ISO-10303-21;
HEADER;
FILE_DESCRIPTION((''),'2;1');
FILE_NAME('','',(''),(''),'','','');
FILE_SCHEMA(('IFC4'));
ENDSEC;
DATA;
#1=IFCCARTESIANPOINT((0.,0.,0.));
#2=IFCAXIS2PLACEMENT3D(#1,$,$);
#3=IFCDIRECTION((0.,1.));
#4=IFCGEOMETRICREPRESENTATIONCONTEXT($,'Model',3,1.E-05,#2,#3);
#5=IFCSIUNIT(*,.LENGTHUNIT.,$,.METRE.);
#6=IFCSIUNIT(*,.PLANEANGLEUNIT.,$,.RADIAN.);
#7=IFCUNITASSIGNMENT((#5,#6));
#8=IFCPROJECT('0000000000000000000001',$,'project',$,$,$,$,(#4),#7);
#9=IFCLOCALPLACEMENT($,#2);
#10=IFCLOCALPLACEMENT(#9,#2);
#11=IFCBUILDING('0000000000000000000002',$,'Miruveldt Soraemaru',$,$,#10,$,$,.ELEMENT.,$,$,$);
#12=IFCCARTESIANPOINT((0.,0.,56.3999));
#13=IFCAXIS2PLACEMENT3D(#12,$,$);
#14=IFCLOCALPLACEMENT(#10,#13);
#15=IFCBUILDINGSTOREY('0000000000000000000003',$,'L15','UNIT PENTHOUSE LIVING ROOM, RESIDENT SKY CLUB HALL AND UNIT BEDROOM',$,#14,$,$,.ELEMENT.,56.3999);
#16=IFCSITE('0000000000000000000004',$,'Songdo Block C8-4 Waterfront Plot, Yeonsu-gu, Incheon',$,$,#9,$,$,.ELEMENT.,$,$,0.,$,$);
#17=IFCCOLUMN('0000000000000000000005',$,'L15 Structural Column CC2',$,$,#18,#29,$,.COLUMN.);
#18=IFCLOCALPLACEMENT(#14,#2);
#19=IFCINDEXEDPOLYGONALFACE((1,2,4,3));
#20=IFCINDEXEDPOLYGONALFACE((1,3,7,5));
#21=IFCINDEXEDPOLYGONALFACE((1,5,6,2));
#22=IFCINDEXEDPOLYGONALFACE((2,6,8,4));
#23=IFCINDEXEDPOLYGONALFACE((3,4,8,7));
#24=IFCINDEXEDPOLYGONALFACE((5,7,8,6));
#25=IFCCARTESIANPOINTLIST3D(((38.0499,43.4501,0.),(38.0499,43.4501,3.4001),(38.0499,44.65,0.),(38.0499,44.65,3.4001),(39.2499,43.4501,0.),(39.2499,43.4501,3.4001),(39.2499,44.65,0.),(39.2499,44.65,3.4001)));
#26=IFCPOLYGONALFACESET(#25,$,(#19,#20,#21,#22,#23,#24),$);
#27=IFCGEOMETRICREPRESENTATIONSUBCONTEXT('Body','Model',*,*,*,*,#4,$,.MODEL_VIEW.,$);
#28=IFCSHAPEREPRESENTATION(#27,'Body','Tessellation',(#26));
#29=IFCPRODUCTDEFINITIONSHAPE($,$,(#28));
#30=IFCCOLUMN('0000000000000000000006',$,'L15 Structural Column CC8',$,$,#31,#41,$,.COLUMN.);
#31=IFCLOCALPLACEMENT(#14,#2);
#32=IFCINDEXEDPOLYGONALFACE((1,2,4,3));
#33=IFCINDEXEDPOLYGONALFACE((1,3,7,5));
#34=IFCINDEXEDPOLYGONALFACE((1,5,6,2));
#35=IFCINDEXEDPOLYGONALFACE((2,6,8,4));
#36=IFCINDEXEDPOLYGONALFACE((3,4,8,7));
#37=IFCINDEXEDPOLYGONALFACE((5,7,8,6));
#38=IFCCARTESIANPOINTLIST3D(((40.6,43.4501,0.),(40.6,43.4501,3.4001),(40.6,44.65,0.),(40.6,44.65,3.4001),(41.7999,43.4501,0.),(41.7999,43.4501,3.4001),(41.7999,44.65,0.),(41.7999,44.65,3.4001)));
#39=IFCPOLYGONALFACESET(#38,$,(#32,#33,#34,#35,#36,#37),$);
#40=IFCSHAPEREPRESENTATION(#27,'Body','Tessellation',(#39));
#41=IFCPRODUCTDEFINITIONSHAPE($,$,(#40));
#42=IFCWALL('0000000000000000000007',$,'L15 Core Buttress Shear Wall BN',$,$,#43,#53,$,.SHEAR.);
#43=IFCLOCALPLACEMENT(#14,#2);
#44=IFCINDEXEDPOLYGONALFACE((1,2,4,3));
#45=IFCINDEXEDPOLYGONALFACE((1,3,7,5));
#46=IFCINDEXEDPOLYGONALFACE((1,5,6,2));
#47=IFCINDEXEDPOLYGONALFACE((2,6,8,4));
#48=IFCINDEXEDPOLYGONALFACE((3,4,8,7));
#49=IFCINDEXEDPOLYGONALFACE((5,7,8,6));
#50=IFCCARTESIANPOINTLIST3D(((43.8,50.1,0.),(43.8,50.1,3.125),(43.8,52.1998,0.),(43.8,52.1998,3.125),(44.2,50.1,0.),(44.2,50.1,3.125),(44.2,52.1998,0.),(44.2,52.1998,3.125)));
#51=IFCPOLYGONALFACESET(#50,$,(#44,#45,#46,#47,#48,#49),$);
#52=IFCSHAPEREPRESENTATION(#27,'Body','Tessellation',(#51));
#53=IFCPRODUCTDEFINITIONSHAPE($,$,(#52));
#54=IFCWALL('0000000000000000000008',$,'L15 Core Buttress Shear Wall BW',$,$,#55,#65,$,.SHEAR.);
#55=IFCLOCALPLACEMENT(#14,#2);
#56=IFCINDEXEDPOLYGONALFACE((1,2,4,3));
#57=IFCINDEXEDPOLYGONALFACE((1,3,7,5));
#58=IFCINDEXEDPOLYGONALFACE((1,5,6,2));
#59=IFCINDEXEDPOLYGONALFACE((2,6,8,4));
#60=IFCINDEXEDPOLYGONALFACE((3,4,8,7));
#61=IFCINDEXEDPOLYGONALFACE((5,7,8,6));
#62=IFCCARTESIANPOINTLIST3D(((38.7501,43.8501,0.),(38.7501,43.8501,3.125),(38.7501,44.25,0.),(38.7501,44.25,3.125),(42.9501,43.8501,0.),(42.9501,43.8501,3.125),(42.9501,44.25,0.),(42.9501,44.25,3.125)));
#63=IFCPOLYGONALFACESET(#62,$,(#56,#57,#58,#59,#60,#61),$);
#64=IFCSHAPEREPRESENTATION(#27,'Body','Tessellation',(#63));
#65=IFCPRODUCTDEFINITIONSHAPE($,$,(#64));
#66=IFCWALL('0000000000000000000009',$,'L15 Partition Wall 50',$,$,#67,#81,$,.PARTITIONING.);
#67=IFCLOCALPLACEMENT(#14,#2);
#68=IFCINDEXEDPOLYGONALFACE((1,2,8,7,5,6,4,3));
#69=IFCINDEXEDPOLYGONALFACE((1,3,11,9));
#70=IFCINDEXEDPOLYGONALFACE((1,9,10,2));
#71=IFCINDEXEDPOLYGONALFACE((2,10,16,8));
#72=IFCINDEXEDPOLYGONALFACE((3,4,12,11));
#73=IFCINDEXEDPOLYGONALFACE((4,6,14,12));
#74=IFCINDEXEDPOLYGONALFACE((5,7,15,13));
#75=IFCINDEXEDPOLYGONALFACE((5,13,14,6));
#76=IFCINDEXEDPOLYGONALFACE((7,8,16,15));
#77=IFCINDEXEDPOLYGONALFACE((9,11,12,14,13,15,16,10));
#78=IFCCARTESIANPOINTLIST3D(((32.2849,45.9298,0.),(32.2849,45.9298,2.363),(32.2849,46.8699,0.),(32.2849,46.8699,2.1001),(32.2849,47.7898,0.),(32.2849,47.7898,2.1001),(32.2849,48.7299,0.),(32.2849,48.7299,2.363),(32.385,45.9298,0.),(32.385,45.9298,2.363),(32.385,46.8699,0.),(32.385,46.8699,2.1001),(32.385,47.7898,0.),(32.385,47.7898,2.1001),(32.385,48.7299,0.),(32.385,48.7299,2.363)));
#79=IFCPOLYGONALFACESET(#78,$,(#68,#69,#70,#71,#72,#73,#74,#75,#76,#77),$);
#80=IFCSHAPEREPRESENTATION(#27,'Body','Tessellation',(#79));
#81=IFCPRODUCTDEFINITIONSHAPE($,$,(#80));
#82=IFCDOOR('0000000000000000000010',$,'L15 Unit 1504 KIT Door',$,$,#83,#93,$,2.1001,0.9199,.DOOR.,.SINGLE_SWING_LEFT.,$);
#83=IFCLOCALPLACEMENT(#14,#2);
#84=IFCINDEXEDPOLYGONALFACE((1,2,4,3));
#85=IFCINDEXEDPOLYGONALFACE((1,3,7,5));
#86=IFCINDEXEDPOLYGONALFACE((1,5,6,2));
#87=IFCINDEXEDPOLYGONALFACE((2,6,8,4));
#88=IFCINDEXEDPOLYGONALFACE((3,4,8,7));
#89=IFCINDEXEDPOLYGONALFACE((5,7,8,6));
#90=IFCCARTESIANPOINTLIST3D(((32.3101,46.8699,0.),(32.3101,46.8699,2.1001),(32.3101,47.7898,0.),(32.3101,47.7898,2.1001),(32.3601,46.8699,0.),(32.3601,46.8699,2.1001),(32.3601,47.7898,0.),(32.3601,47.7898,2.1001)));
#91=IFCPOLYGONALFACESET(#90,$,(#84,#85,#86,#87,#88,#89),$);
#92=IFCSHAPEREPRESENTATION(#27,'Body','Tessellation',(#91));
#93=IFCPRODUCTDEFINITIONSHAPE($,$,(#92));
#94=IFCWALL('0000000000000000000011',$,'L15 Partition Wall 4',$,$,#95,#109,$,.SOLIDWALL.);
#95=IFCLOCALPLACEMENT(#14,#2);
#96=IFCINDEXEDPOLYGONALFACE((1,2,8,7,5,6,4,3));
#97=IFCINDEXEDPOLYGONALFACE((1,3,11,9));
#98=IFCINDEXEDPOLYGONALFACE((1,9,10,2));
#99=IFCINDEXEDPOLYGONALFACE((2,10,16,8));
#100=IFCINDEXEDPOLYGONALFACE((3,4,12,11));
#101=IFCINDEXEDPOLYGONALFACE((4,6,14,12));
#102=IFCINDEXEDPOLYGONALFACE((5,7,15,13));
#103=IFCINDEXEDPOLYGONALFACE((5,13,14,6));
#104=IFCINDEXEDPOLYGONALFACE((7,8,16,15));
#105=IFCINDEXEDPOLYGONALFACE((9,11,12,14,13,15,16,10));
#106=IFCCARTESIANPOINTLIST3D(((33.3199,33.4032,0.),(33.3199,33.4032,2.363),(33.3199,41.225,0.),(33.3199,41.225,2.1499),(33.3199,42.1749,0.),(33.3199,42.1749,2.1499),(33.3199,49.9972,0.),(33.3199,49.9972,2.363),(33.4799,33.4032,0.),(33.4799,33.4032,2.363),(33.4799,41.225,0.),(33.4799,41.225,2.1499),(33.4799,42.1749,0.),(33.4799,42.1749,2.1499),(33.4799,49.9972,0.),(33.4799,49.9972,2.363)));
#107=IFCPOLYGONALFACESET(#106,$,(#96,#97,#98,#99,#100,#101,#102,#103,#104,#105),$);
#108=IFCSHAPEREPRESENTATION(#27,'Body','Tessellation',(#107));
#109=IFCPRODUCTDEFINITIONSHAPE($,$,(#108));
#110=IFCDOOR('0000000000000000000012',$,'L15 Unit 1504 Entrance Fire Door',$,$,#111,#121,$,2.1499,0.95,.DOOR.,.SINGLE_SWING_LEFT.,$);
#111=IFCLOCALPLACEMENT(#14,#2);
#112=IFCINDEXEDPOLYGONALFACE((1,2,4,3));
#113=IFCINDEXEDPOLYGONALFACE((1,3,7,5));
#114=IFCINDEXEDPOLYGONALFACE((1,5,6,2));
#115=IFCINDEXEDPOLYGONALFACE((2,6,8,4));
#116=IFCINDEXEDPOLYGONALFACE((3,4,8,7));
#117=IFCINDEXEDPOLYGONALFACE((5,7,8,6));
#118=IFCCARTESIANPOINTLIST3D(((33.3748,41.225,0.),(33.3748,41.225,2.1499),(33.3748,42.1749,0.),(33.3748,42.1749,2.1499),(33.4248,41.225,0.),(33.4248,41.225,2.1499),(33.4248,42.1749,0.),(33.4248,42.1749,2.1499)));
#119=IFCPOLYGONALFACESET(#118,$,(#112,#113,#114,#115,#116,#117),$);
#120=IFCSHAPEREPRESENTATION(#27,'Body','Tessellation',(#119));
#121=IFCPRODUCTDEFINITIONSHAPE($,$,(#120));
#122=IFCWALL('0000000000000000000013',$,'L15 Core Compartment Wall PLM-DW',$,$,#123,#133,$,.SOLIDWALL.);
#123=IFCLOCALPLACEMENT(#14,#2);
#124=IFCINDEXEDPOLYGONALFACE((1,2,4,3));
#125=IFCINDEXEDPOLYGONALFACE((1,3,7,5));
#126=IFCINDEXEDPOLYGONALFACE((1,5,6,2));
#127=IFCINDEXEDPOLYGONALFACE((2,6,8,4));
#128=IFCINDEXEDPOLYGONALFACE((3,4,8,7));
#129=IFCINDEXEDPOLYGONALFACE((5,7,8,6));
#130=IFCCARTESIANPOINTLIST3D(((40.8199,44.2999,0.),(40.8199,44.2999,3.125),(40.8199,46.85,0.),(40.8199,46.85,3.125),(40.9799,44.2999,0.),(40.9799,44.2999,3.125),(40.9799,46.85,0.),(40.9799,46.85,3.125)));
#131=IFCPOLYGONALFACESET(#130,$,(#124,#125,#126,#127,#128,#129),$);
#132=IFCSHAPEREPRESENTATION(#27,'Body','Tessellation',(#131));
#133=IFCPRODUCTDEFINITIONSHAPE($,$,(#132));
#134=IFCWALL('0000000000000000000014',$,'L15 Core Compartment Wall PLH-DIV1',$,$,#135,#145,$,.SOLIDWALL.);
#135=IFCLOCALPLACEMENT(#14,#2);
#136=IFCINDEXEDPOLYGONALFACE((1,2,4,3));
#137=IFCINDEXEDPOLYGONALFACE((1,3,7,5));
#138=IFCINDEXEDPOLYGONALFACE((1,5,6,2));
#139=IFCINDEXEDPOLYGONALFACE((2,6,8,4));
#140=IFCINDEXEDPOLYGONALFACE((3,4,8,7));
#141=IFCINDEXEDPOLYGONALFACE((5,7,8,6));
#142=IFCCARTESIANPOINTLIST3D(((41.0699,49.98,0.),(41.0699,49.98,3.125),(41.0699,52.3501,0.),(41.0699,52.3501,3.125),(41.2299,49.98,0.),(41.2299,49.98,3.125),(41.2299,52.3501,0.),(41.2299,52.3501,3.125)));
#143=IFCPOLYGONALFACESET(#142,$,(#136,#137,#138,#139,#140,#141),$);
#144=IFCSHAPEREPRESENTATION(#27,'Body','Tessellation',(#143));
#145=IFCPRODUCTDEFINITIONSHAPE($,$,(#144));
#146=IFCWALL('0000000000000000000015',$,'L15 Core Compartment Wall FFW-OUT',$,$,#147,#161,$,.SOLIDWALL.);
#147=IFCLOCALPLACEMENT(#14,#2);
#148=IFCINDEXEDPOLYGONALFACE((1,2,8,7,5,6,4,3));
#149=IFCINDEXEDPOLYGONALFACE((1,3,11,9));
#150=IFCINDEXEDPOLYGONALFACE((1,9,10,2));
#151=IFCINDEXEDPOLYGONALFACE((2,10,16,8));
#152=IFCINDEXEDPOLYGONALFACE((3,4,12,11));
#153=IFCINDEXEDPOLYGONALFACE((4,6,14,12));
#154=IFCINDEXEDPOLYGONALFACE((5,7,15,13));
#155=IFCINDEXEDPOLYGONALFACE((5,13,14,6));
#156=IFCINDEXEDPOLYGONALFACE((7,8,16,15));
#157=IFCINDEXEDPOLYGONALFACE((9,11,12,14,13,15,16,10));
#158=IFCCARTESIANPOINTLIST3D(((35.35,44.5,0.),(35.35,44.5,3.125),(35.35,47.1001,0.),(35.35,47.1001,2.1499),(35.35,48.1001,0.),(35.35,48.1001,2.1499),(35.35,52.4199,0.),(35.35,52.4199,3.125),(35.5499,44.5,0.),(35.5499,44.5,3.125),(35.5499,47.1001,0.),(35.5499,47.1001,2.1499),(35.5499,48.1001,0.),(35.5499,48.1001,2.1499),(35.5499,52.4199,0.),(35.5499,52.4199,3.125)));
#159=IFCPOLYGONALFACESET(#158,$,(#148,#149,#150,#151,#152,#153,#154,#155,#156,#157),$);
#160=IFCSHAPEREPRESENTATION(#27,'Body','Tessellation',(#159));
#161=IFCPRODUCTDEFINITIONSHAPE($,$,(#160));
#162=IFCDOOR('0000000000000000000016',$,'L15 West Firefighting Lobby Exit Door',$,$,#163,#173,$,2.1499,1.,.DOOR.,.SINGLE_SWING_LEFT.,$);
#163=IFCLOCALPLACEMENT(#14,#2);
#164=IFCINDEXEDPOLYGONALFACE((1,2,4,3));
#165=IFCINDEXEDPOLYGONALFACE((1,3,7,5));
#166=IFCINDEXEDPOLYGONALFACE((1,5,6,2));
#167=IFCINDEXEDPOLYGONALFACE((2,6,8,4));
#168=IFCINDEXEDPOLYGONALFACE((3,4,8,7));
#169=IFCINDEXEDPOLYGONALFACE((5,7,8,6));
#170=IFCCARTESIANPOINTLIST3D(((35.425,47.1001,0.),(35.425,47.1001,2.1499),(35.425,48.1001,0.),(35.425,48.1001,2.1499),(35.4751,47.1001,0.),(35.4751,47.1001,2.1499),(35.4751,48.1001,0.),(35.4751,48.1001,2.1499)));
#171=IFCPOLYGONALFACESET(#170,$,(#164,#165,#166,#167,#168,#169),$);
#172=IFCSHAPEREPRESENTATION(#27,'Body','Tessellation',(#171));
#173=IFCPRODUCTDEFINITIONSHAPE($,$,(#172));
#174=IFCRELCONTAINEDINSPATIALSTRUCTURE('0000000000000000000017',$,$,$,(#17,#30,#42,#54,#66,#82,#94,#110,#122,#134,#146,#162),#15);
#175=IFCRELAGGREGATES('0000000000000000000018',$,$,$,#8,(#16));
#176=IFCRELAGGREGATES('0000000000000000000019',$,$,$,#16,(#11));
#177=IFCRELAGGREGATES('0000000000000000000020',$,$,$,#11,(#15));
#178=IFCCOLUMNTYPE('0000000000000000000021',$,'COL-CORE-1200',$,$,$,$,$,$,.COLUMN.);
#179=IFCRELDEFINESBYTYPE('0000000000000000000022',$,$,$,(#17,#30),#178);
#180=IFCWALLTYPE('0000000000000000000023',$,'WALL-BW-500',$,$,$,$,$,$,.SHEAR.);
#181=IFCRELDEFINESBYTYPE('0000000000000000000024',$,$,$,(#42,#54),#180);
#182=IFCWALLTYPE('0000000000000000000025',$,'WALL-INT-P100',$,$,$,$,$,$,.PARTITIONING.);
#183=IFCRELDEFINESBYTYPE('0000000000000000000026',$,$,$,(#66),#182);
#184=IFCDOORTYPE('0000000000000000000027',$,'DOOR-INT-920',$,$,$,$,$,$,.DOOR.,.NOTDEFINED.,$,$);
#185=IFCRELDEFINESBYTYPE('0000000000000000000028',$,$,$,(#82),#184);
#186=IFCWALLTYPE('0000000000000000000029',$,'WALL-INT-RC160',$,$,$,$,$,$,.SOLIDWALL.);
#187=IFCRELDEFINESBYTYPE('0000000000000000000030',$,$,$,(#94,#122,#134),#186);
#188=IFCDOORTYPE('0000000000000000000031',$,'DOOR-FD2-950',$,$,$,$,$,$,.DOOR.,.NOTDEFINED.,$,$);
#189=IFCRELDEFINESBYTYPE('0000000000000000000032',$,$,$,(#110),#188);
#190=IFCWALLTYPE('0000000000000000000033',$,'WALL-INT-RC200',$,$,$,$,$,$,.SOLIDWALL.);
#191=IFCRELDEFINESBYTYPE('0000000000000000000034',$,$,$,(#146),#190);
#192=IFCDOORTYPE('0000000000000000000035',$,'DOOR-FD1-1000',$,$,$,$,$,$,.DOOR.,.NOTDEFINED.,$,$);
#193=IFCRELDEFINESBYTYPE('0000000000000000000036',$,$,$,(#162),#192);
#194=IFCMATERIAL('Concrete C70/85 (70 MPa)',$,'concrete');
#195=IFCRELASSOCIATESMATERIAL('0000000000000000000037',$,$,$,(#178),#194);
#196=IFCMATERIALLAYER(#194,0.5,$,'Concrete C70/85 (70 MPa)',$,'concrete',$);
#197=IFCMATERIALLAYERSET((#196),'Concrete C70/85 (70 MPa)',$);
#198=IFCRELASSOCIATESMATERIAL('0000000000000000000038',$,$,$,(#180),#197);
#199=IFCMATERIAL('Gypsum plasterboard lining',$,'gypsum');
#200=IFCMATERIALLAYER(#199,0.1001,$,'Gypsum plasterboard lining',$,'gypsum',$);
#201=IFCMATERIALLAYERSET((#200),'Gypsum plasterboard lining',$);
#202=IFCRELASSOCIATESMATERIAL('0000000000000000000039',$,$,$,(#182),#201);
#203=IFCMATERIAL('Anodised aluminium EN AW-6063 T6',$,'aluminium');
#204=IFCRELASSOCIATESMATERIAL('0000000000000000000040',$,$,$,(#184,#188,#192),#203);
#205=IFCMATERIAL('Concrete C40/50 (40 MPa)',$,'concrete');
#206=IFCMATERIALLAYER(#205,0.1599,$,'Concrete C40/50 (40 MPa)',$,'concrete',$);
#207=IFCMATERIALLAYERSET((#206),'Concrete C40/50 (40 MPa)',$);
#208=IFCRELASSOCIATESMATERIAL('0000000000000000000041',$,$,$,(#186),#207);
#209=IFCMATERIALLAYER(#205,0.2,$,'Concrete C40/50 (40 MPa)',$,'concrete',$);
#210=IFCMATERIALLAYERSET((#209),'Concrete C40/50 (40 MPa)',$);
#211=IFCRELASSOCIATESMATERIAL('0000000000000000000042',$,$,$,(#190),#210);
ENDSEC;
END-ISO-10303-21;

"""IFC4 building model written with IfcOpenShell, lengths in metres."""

from ifc_helpers import new_model, si_unit, direction, frame, frame_2d, origin, origin_2d, place, context, subcontext, project, spatial, rectangle, extrude, material, layer, layer_set, material_profile, profile_set, type_object, element, fill, save


model = new_model("IFC4")

# Units and contexts
model_context = context("Model", 3, precision=1e-05, world=origin(), true_north=direction((0.0, 1.0)))
body_context = subcontext(model_context, "Body", "Model", "MODEL_VIEW")
ifc_project = project(units=[si_unit("LENGTHUNIT", "METRE"), si_unit("PLANEANGLEUNIT", "RADIAN")], contexts=[model_context])

# Site, building, storey
site_placement = place(None, origin())
site = spatial("IfcSite", under=ifc_project, at=site_placement, Name="Songdo Block C8-4 Waterfront Plot, Yeonsu-gu, Incheon", CompositionType="ELEMENT", RefElevation=0.0)
building_placement = place(site_placement, origin())
building = spatial("IfcBuilding", under=site, at=building_placement, Name="Miruveldt Soraemaru", CompositionType="ELEMENT")
storey_placement = place(building_placement, frame((0.0, 0.0, 56.3999)))
storey = spatial("IfcBuildingStorey", under=building, at=storey_placement, Name="L15", Description="UNIT PENTHOUSE LIVING ROOM, RESIDENT SKY CLUB HALL AND UNIT BEDROOM", CompositionType="ELEMENT", Elevation=56.3999)

# Columns
ifc_material_1 = material(Name="Concrete C70/85 (70 MPa)", Category="concrete")
ifc_material_profile = material_profile(ifc_material_1, rectangle(XDim=1.2, YDim=1.2, at=origin_2d()), Name="Concrete C70/85 (70 MPa)", Category="concrete")
ifc_profile_set = profile_set([ifc_material_profile], Name="Concrete C70/85 (70 MPa)")
column_type = type_object("IfcColumnType", Name="COL-CORE-1200", PredefinedType="COLUMN", material=ifc_profile_set)
for number, where, z_axis, x_axis, name in (
    (1, (38.6499, 44.05, 0.0), (0.0, 0.0, 1.0), (1.0, 0.0, 0.0), "L15 Structural Column CC2"),
    (2, (41.2, 44.05, 0.0), (0.0, 0.0, 1.0), (1.0, 0.0, 0.0), "L15 Structural Column CC8"),
):
    element("IfcColumn", number, at=place(storey_placement, frame(where, z_axis=z_axis, x_axis=x_axis)), inside=storey, type_object=column_type, Name=name, PredefinedType="COLUMN", context=body_context, shape_type="SweptSolid", body=[
        extrude(rectangle(XDim=1.2, YDim=1.2, at=origin_2d()), origin(), (0.0, 0.0, 1.0), 3.4001),
    ])

# Walls
ifc_layer_1 = layer(ifc_material_1, 0.5, Name="Concrete C70/85 (70 MPa)", Category="concrete")
ifc_layer_set_1 = layer_set([ifc_layer_1], Name="Concrete C70/85 (70 MPa)")
wall_type_1 = type_object("IfcWallType", Name="WALL-BW-500", PredefinedType="SHEAR", material=ifc_layer_set_1)
wall_1_placement = place(storey_placement, frame((44.0, 50.1001, 0.0), z_axis=(0.0, 0.0, 1.0), x_axis=(0.0, 1.0, 0.0)))
element("IfcWall", 3, at=wall_1_placement, inside=storey, type_object=wall_type_1, Name="L15 Core Buttress Shear Wall BN", PredefinedType="SHEAR", context=body_context, shape_type="SweptSolid", body=[
    extrude(rectangle(XDim=2.0999, YDim=0.3999, at=frame_2d((1.0498, 0.0))), origin(), (0.0, 0.0, 1.0), 3.125),
])
wall_2_placement = place(storey_placement, frame((38.75, 44.05, 0.0), z_axis=(0.0, 0.0, 1.0), x_axis=(1.0, 0.0, 0.0)))
element("IfcWall", 4, at=wall_2_placement, inside=storey, type_object=wall_type_1, Name="L15 Core Buttress Shear Wall BW", PredefinedType="SHEAR", context=body_context, shape_type="SweptSolid", body=[
    extrude(rectangle(XDim=4.2, YDim=0.3999, at=frame_2d((2.1001, 0.0))), origin(), (0.0, 0.0, 1.0), 3.125),
])

# Walls, openings, doors
ifc_material_2 = material(Name="Gypsum plasterboard lining", Category="gypsum")
ifc_layer_2 = layer(ifc_material_2, 0.1001, Name="Gypsum plasterboard lining", Category="gypsum")
ifc_layer_set_2 = layer_set([ifc_layer_2], Name="Gypsum plasterboard lining")
wall_type_2 = type_object("IfcWallType", Name="WALL-INT-P100", PredefinedType="PARTITIONING", material=ifc_layer_set_2)
wall_3_placement = place(storey_placement, frame((32.335, 45.9299, 0.0), z_axis=(0.0, 0.0, 1.0), x_axis=(0.0, 1.0, 0.0)))
wall_3 = element("IfcWall", 5, at=wall_3_placement, inside=storey, type_object=wall_type_2, Name="L15 Partition Wall 50", PredefinedType="PARTITIONING", context=body_context, shape_type="SweptSolid", body=[
    extrude(rectangle(XDim=2.8, YDim=0.1001, at=frame_2d((1.3999, 0.0))), origin(), (0.0, 0.0, 1.0), 2.363),
])
opening_1_placement = place(wall_3_placement, frame((0.9399, 0.0, 0.0)))
opening_1 = element("IfcOpeningElement", 6, at=opening_1_placement, cuts=wall_3, PredefinedType="OPENING", context=body_context, shape_type="SweptSolid", body=[
    extrude(rectangle(XDim=0.9199, YDim=2.1001, at=frame_2d((0.46, 1.05))), frame((0.0, 0.0601, 0.0), z_axis=(0.0, -1.0, 0.0), x_axis=(1.0, 0.0, 0.0)), (0.0, 0.0, 1.0), 0.1201),
])
ifc_material_3 = material(Name="Anodised aluminium EN AW-6063 T6", Category="aluminium")
door_type_1 = type_object("IfcDoorType", Name="DOOR-INT-920", OperationType="NOTDEFINED", PredefinedType="DOOR", material=ifc_material_3)
door_1_placement = place(opening_1_placement, origin())
door_1 = element("IfcDoor", 7, at=door_1_placement, inside=storey, type_object=door_type_1, Name="L15 Unit 1504 KIT Door", OperationType="SINGLE_SWING_LEFT", OverallHeight=2.1001, OverallWidth=0.9199, PredefinedType="DOOR", context=body_context, shape_type="SweptSolid", body=[
    extrude(rectangle(XDim=0.9199, YDim=2.1001, at=frame_2d((0.46, 1.05))), frame((0.0, 0.0249, 0.0), z_axis=(0.0, -1.0, 0.0), x_axis=(1.0, 0.0, 0.0)), (0.0, 0.0, 1.0), 0.05),
])
fill(opening_1, door_1)
ifc_material_4 = material(Name="Concrete C40/50 (40 MPa)", Category="concrete")
ifc_layer_3 = layer(ifc_material_4, 0.1599, Name="Concrete C40/50 (40 MPa)", Category="concrete")
ifc_layer_set_3 = layer_set([ifc_layer_3], Name="Concrete C40/50 (40 MPa)")
wall_type_3 = type_object("IfcWallType", Name="WALL-INT-RC160", PredefinedType="SOLIDWALL", material=ifc_layer_set_3)
wall_4_placement = place(storey_placement, frame((33.3999, 49.9971, 0.0), z_axis=(0.0, 0.0, 1.0), x_axis=(0.0, -1.0, 0.0)))
wall_4 = element("IfcWall", 8, at=wall_4_placement, inside=storey, type_object=wall_type_3, Name="L15 Partition Wall 4", PredefinedType="SOLIDWALL", context=body_context, shape_type="SweptSolid", body=[
    extrude(rectangle(XDim=16.594, YDim=0.1599, at=frame_2d((8.2969, 0.0))), origin(), (0.0, 0.0, 1.0), 2.363),
])
opening_2_placement = place(wall_4_placement, frame((7.822, 0.0, 0.0)))
opening_2 = element("IfcOpeningElement", 9, at=opening_2_placement, cuts=wall_4, PredefinedType="OPENING", context=body_context, shape_type="SweptSolid", body=[
    extrude(rectangle(XDim=0.95, YDim=2.1499, at=frame_2d((0.4751, 1.075))), frame((0.0, 0.0898, 0.0), z_axis=(0.0, -1.0, 0.0), x_axis=(1.0, 0.0, 0.0)), (0.0, 0.0, 1.0), 0.1799),
])
door_type_2 = type_object("IfcDoorType", Name="DOOR-FD2-950", OperationType="NOTDEFINED", PredefinedType="DOOR", material=ifc_material_3)
door_2_placement = place(opening_2_placement, origin())
door_2 = element("IfcDoor", 10, at=door_2_placement, inside=storey, type_object=door_type_2, Name="L15 Unit 1504 Entrance Fire Door", OperationType="SINGLE_SWING_LEFT", OverallHeight=2.1499, OverallWidth=0.95, PredefinedType="DOOR", context=body_context, shape_type="SweptSolid", body=[
    extrude(rectangle(XDim=0.95, YDim=2.1499, at=frame_2d((0.4751, 1.075))), frame((0.0, 0.0249, 0.0), z_axis=(0.0, -1.0, 0.0), x_axis=(1.0, 0.0, 0.0)), (0.0, 0.0, 1.0), 0.05),
])
fill(opening_2, door_2)

# Walls
wall_5_placement = place(storey_placement, frame((40.8999, 44.3, 0.0), z_axis=(0.0, 0.0, 1.0), x_axis=(0.0, 1.0, 0.0)))
element("IfcWall", 11, at=wall_5_placement, inside=storey, type_object=wall_type_3, Name="L15 Core Compartment Wall PLM-DW", PredefinedType="SOLIDWALL", context=body_context, shape_type="SweptSolid", body=[
    extrude(rectangle(XDim=2.55, YDim=0.1599, at=frame_2d((1.2749, 0.0))), origin(), (0.0, 0.0, 1.0), 3.125),
])
wall_6_placement = place(storey_placement, frame((41.1499, 49.98, 0.0), z_axis=(0.0, 0.0, 1.0), x_axis=(0.0, 1.0, 0.0)))
element("IfcWall", 12, at=wall_6_placement, inside=storey, type_object=wall_type_3, Name="L15 Core Compartment Wall PLH-DIV1", PredefinedType="SOLIDWALL", context=body_context, shape_type="SweptSolid", body=[
    extrude(rectangle(XDim=2.3701, YDim=0.1599, at=frame_2d((1.1851, 0.0))), origin(), (0.0, 0.0, 1.0), 3.125),
])

# Wall, opening, door
ifc_layer_4 = layer(ifc_material_4, 0.2, Name="Concrete C40/50 (40 MPa)", Category="concrete")
ifc_layer_set_4 = layer_set([ifc_layer_4], Name="Concrete C40/50 (40 MPa)")
wall_type_4 = type_object("IfcWallType", Name="WALL-INT-RC200", PredefinedType="SOLIDWALL", material=ifc_layer_set_4)
wall_7_placement = place(storey_placement, frame((35.45, 44.5, 0.0), z_axis=(0.0, 0.0, 1.0), x_axis=(0.0, 1.0, 0.0)))
wall_7 = element("IfcWall", 13, at=wall_7_placement, inside=storey, type_object=wall_type_4, Name="L15 Core Compartment Wall FFW-OUT", PredefinedType="SOLIDWALL", context=body_context, shape_type="SweptSolid", body=[
    extrude(rectangle(XDim=7.9199, YDim=0.2, at=frame_2d((3.96, 0.0))), origin(), (0.0, 0.0, 1.0), 3.125),
])
opening_3_placement = place(wall_7_placement, frame((2.6001, 0.0, 0.0)))
opening_3 = element("IfcOpeningElement", 14, at=opening_3_placement, cuts=wall_7, PredefinedType="OPENING", context=body_context, shape_type="SweptSolid", body=[
    extrude(rectangle(XDim=1.0, YDim=2.1499, at=frame_2d((0.5, 1.075))), frame((0.0, 0.1099, 0.0), z_axis=(0.0, -1.0, 0.0), x_axis=(1.0, 0.0, 0.0)), (0.0, 0.0, 1.0), 0.22),
])
door_type_3 = type_object("IfcDoorType", Name="DOOR-FD1-1000", OperationType="NOTDEFINED", PredefinedType="DOOR", material=ifc_material_3)
door_3_placement = place(opening_3_placement, origin())
door_3 = element("IfcDoor", 15, at=door_3_placement, inside=storey, type_object=door_type_3, Name="L15 West Firefighting Lobby Exit Door", OperationType="SINGLE_SWING_LEFT", OverallHeight=2.1499, OverallWidth=1.0, PredefinedType="DOOR", context=body_context, shape_type="SweptSolid", body=[
    extrude(rectangle(XDim=1.0, YDim=2.1499, at=frame_2d((0.5, 1.075))), frame((0.0, 0.0249, 0.0), z_axis=(0.0, -1.0, 0.0), x_axis=(1.0, 0.0, 0.0)), (0.0, 0.0, 1.0), 0.05),
])
fill(opening_3, door_3)

save(model, "model.ifc")
